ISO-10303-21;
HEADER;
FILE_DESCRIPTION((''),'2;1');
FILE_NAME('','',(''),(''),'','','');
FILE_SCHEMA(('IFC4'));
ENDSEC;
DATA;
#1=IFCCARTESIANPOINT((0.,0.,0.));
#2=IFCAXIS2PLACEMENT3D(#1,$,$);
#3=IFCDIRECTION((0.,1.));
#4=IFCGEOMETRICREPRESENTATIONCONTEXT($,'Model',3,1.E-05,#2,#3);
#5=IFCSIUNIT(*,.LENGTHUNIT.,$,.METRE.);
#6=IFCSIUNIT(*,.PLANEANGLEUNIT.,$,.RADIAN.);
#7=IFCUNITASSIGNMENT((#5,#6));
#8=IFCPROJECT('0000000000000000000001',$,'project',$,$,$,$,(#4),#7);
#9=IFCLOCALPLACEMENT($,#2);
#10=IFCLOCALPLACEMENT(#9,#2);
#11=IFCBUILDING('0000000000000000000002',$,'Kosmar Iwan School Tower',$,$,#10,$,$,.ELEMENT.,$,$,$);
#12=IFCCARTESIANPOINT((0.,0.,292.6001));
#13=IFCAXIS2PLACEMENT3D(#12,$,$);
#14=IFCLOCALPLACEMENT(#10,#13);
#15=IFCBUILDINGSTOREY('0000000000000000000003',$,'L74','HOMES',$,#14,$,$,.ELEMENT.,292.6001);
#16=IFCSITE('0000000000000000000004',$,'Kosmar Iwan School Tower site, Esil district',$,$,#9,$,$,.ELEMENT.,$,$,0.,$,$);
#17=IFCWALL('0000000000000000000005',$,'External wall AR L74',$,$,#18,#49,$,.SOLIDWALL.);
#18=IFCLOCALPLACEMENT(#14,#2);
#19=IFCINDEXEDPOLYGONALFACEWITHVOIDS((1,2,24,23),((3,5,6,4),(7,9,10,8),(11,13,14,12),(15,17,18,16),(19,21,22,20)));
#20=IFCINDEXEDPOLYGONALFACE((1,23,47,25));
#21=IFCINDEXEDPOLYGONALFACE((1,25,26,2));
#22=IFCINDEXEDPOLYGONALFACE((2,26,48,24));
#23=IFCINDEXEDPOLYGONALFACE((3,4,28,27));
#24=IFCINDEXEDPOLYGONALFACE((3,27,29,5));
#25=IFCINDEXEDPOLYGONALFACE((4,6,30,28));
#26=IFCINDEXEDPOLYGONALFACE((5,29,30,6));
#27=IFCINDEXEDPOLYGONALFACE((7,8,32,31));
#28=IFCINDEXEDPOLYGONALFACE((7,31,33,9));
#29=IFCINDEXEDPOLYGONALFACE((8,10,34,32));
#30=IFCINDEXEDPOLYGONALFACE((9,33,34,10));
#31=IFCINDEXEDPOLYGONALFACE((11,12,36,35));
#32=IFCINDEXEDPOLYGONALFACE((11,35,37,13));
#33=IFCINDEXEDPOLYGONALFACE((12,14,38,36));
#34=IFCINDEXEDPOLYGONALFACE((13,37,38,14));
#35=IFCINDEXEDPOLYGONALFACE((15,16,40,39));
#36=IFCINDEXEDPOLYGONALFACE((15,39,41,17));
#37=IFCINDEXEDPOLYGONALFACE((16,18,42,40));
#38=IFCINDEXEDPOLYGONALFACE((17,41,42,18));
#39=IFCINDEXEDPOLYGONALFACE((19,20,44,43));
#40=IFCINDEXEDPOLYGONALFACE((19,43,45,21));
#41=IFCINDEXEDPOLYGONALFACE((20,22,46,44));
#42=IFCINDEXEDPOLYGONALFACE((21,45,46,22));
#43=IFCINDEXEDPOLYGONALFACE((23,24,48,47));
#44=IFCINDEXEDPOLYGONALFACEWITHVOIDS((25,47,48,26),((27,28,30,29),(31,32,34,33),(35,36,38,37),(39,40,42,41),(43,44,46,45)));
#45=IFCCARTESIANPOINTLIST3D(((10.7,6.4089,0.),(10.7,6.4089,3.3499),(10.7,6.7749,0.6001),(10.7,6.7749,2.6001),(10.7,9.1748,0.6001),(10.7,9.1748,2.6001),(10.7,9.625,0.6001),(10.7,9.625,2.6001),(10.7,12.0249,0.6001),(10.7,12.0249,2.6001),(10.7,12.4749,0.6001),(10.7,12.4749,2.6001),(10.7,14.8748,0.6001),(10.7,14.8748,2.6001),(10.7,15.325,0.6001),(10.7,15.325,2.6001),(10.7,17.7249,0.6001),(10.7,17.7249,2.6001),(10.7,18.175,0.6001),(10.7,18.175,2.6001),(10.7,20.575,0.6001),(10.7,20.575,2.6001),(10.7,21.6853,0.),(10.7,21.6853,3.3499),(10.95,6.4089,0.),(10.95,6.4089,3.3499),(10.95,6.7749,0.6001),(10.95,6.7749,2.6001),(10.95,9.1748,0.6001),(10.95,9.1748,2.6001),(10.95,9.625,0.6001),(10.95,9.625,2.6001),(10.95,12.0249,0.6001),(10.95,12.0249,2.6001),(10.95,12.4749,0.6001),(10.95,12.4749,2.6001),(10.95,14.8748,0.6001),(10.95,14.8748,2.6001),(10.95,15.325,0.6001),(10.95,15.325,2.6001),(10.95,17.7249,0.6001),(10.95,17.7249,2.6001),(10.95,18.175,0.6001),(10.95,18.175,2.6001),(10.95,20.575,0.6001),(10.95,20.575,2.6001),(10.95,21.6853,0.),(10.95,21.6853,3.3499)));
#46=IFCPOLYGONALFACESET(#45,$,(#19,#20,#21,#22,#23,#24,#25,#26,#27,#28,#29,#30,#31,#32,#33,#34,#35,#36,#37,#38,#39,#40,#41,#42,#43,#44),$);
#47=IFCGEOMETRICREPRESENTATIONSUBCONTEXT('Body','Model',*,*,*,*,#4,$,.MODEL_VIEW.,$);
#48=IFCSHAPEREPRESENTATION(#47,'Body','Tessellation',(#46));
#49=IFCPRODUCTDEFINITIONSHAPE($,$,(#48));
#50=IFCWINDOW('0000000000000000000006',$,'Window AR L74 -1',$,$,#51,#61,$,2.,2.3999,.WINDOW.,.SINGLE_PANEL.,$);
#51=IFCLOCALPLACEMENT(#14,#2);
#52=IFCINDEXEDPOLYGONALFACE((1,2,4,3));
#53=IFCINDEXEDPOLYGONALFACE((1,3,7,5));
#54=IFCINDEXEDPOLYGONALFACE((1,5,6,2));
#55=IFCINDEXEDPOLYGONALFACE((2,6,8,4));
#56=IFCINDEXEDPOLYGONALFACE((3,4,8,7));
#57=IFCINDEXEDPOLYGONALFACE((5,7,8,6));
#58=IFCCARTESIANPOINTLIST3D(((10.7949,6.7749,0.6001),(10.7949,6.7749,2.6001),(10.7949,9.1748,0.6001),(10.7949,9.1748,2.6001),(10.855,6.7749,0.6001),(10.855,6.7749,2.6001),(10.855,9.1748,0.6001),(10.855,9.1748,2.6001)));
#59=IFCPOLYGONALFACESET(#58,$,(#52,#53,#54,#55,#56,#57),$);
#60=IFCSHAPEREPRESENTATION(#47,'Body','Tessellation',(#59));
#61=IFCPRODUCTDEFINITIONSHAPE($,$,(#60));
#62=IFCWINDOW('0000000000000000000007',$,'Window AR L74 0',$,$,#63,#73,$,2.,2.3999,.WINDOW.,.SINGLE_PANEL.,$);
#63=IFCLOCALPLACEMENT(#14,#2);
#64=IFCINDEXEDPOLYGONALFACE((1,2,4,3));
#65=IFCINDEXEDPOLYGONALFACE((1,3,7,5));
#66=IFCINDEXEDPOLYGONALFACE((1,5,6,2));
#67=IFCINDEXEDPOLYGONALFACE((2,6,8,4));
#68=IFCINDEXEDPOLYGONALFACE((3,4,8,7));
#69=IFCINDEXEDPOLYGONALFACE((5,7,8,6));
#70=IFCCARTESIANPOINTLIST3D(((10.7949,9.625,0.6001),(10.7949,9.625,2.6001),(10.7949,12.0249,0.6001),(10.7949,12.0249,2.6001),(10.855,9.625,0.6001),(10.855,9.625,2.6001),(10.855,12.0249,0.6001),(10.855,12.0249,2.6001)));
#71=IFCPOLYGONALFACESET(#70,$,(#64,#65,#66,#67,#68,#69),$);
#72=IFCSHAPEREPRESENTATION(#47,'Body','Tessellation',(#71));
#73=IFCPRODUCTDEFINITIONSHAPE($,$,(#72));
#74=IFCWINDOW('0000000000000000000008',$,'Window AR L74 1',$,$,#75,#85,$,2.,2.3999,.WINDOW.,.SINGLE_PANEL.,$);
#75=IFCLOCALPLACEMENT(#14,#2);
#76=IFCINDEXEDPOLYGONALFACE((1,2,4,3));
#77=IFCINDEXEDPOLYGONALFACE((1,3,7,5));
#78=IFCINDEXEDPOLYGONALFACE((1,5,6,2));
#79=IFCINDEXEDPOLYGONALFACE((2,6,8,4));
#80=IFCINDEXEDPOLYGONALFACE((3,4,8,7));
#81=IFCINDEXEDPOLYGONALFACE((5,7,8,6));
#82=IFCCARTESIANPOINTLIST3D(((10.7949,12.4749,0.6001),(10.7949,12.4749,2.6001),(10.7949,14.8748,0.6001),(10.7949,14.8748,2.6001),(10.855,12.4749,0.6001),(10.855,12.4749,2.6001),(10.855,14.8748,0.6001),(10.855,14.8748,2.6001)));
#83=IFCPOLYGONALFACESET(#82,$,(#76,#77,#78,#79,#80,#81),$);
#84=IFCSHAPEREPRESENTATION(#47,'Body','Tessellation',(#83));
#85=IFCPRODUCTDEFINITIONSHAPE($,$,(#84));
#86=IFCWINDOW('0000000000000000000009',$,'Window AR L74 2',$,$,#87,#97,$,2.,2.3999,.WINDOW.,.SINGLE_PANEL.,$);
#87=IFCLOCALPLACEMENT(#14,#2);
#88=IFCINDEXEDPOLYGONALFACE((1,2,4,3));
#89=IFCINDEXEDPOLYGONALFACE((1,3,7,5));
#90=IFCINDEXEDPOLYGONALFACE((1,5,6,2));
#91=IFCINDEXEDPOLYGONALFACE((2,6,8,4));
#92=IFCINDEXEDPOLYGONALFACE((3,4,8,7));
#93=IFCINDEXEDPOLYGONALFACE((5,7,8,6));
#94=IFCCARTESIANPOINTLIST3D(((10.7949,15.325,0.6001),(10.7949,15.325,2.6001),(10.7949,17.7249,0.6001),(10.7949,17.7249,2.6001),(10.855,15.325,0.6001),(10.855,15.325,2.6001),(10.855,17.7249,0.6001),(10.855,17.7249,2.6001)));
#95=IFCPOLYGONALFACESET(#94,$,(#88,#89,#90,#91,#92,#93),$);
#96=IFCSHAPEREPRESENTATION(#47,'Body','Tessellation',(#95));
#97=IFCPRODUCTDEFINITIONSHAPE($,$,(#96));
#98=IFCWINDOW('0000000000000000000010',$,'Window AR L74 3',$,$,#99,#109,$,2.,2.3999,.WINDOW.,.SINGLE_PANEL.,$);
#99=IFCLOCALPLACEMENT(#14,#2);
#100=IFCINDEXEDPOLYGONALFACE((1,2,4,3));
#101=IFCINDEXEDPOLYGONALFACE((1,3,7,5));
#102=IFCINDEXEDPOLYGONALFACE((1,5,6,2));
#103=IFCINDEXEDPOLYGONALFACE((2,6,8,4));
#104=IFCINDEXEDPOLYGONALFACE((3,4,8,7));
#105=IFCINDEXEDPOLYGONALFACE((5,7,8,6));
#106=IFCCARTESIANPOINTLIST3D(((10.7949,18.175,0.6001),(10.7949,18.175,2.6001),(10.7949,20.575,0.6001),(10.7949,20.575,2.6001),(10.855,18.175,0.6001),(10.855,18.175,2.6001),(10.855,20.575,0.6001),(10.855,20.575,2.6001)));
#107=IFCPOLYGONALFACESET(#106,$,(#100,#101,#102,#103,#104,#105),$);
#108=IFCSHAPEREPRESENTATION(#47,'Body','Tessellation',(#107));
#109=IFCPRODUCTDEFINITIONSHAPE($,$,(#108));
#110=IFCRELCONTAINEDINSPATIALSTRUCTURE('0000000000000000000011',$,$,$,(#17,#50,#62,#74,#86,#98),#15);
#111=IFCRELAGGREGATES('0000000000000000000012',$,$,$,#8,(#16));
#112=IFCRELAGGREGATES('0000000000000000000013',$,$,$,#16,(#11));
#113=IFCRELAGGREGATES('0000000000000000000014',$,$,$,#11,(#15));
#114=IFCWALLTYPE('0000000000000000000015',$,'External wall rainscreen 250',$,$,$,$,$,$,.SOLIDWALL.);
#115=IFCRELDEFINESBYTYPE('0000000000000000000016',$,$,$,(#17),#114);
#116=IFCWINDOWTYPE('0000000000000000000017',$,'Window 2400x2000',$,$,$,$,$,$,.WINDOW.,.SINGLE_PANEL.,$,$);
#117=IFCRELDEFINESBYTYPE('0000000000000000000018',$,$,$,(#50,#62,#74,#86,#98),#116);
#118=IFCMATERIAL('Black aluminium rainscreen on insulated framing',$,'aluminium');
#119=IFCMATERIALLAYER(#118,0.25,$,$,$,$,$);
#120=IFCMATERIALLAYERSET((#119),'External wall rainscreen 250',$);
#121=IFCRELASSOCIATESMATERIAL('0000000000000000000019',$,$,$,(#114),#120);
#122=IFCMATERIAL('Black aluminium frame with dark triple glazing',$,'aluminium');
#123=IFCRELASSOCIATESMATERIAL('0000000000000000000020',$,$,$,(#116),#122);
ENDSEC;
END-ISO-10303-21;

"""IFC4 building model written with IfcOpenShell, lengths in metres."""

from ifc_helpers import new_model, si_unit, direction, frame, frame_2d, origin, place, context, subcontext, project, spatial, rectangle, extrude, material, layer, layer_set, type_object, element, fill, save


model = new_model("IFC4")

# Units and contexts
model_context = context("Model", 3, precision=1e-05, world=origin(), true_north=direction((0.0, 1.0)))
body_context = subcontext(model_context, "Body", "Model", "MODEL_VIEW")
ifc_project = project(units=[si_unit("LENGTHUNIT", "METRE"), si_unit("PLANEANGLEUNIT", "RADIAN")], contexts=[model_context])

# Site, building, storey
site_placement = place(None, origin())
site = spatial("IfcSite", under=ifc_project, at=site_placement, Name="Kosmar Iwan School Tower site, Esil district", CompositionType="ELEMENT", RefElevation=0.0)
building_placement = place(site_placement, origin())
building = spatial("IfcBuilding", under=site, at=building_placement, Name="Kosmar Iwan School Tower", CompositionType="ELEMENT")
storey_placement = place(building_placement, frame((0.0, 0.0, 292.6001)))
storey = spatial("IfcBuildingStorey", under=building, at=storey_placement, Name="L74", Description="HOMES", CompositionType="ELEMENT", Elevation=292.6001)

# Wall, openings, windows
ifc_material_1 = material(Name="Black aluminium rainscreen on insulated framing", Category="aluminium")
ifc_layer_1 = layer(ifc_material_1, 0.25)
ifc_layer_set_1 = layer_set([ifc_layer_1], Name="External wall rainscreen 250")
wall_type_1 = type_object("IfcWallType", Name="External wall rainscreen 250", PredefinedType="SOLIDWALL", material=ifc_layer_set_1)
wall_1_placement = place(storey_placement, frame((10.825, 6.4089, 0.0), z_axis=(0.0, 0.0, 1.0), x_axis=(0.0, 1.0, 0.0)))
wall_1 = element("IfcWall", 1, at=wall_1_placement, inside=storey, type_object=wall_type_1, Name="External wall AR L74", PredefinedType="SOLIDWALL", context=body_context, shape_type="SweptSolid", body=[
    extrude(rectangle(XDim=15.2764, YDim=0.25, at=frame_2d((7.6382, 0.0))), origin(), (0.0, 0.0, 1.0), 3.3499),
])
opening_1_placement = place(wall_1_placement, frame((0.366, 0.0, 0.6001)))
opening_1 = element("IfcOpeningElement", 2, at=opening_1_placement, cuts=wall_1, PredefinedType="OPENING", context=body_context, shape_type="SweptSolid", body=[
    extrude(rectangle(XDim=2.3999, YDim=2.0, at=frame_2d((1.2, 1.0))), frame((0.0, 0.137, 0.0), z_axis=(0.0, -1.0, 0.0), x_axis=(1.0, 0.0, 0.0)), (0.0, 0.0, 1.0), 0.2739),
])
opening_2_placement = place(wall_1_placement, frame((3.2161, 0.0, 0.6001)))
opening_2 = element("IfcOpeningElement", 3, at=opening_2_placement, cuts=wall_1, PredefinedType="OPENING", context=body_context, shape_type="SweptSolid", body=[
    extrude(rectangle(XDim=2.3999, YDim=2.0, at=frame_2d((1.2, 1.0))), frame((0.0, 0.137, 0.0), z_axis=(0.0, -1.0, 0.0), x_axis=(1.0, 0.0, 0.0)), (0.0, 0.0, 1.0), 0.2739),
])
opening_3_placement = place(wall_1_placement, frame((6.0659, 0.0, 0.6001)))
opening_3 = element("IfcOpeningElement", 4, at=opening_3_placement, cuts=wall_1, PredefinedType="OPENING", context=body_context, shape_type="SweptSolid", body=[
    extrude(rectangle(XDim=2.3999, YDim=2.0, at=frame_2d((1.2, 1.0))), frame((0.0, 0.137, 0.0), z_axis=(0.0, -1.0, 0.0), x_axis=(1.0, 0.0, 0.0)), (0.0, 0.0, 1.0), 0.2739),
])
opening_4_placement = place(wall_1_placement, frame((8.916, 0.0, 0.6001)))
opening_4 = element("IfcOpeningElement", 5, at=opening_4_placement, cuts=wall_1, PredefinedType="OPENING", context=body_context, shape_type="SweptSolid", body=[
    extrude(rectangle(XDim=2.3999, YDim=2.0, at=frame_2d((1.2, 1.0))), frame((0.0, 0.137, 0.0), z_axis=(0.0, -1.0, 0.0), x_axis=(1.0, 0.0, 0.0)), (0.0, 0.0, 1.0), 0.2739),
])
opening_5_placement = place(wall_1_placement, frame((11.7661, 0.0, 0.6001)))
opening_5 = element("IfcOpeningElement", 6, at=opening_5_placement, cuts=wall_1, PredefinedType="OPENING", context=body_context, shape_type="SweptSolid", body=[
    extrude(rectangle(XDim=2.3999, YDim=2.0, at=frame_2d((1.2, 1.0))), frame((0.0, 0.137, 0.0), z_axis=(0.0, -1.0, 0.0), x_axis=(1.0, 0.0, 0.0)), (0.0, 0.0, 1.0), 0.2739),
])
ifc_material_2 = material(Name="Black aluminium frame with dark triple glazing", Category="aluminium")
window_type = type_object("IfcWindowType", Name="Window 2400x2000", PartitioningType="SINGLE_PANEL", PredefinedType="WINDOW", material=ifc_material_2)
window_1_placement = place(opening_1_placement, origin())
window_1 = element("IfcWindow", 7, at=window_1_placement, inside=storey, type_object=window_type, Name="Window AR L74 -1", OverallHeight=2.0, OverallWidth=2.3999, PartitioningType="SINGLE_PANEL", PredefinedType="WINDOW", context=body_context, shape_type="SweptSolid", body=[
    extrude(rectangle(XDim=2.3999, YDim=2.0, at=frame_2d((1.2, 1.0))), frame((0.0, 0.03, 0.0), z_axis=(0.0, -1.0, 0.0), x_axis=(1.0, 0.0, 0.0)), (0.0, 0.0, 1.0), 0.0601),
])
fill(opening_1, window_1)
window_2_placement = place(opening_2_placement, origin())
window_2 = element("IfcWindow", 8, at=window_2_placement, inside=storey, type_object=window_type, Name="Window AR L74 0", OverallHeight=2.0, OverallWidth=2.3999, PartitioningType="SINGLE_PANEL", PredefinedType="WINDOW", context=body_context, shape_type="SweptSolid", body=[
    extrude(rectangle(XDim=2.3999, YDim=2.0, at=frame_2d((1.2, 1.0))), frame((0.0, 0.03, 0.0), z_axis=(0.0, -1.0, 0.0), x_axis=(1.0, 0.0, 0.0)), (0.0, 0.0, 1.0), 0.0601),
])
fill(opening_2, window_2)
window_3_placement = place(opening_3_placement, origin())
window_3 = element("IfcWindow", 9, at=window_3_placement, inside=storey, type_object=window_type, Name="Window AR L74 1", OverallHeight=2.0, OverallWidth=2.3999, PartitioningType="SINGLE_PANEL", PredefinedType="WINDOW", context=body_context, shape_type="SweptSolid", body=[
    extrude(rectangle(XDim=2.3999, YDim=2.0, at=frame_2d((1.2, 1.0))), frame((0.0, 0.03, 0.0), z_axis=(0.0, -1.0, 0.0), x_axis=(1.0, 0.0, 0.0)), (0.0, 0.0, 1.0), 0.0601),
])
fill(opening_3, window_3)
window_4_placement = place(opening_4_placement, origin())
window_4 = element("IfcWindow", 10, at=window_4_placement, inside=storey, type_object=window_type, Name="Window AR L74 2", OverallHeight=2.0, OverallWidth=2.3999, PartitioningType="SINGLE_PANEL", PredefinedType="WINDOW", context=body_context, shape_type="SweptSolid", body=[
    extrude(rectangle(XDim=2.3999, YDim=2.0, at=frame_2d((1.2, 1.0))), frame((0.0, 0.03, 0.0), z_axis=(0.0, -1.0, 0.0), x_axis=(1.0, 0.0, 0.0)), (0.0, 0.0, 1.0), 0.0601),
])
fill(opening_4, window_4)
window_5_placement = place(opening_5_placement, origin())
window_5 = element("IfcWindow", 11, at=window_5_placement, inside=storey, type_object=window_type, Name="Window AR L74 3", OverallHeight=2.0, OverallWidth=2.3999, PartitioningType="SINGLE_PANEL", PredefinedType="WINDOW", context=body_context, shape_type="SweptSolid", body=[
    extrude(rectangle(XDim=2.3999, YDim=2.0, at=frame_2d((1.2, 1.0))), frame((0.0, 0.03, 0.0), z_axis=(0.0, -1.0, 0.0), x_axis=(1.0, 0.0, 0.0)), (0.0, 0.0, 1.0), 0.0601),
])
fill(opening_5, window_5)

save(model, "model.ifc")
